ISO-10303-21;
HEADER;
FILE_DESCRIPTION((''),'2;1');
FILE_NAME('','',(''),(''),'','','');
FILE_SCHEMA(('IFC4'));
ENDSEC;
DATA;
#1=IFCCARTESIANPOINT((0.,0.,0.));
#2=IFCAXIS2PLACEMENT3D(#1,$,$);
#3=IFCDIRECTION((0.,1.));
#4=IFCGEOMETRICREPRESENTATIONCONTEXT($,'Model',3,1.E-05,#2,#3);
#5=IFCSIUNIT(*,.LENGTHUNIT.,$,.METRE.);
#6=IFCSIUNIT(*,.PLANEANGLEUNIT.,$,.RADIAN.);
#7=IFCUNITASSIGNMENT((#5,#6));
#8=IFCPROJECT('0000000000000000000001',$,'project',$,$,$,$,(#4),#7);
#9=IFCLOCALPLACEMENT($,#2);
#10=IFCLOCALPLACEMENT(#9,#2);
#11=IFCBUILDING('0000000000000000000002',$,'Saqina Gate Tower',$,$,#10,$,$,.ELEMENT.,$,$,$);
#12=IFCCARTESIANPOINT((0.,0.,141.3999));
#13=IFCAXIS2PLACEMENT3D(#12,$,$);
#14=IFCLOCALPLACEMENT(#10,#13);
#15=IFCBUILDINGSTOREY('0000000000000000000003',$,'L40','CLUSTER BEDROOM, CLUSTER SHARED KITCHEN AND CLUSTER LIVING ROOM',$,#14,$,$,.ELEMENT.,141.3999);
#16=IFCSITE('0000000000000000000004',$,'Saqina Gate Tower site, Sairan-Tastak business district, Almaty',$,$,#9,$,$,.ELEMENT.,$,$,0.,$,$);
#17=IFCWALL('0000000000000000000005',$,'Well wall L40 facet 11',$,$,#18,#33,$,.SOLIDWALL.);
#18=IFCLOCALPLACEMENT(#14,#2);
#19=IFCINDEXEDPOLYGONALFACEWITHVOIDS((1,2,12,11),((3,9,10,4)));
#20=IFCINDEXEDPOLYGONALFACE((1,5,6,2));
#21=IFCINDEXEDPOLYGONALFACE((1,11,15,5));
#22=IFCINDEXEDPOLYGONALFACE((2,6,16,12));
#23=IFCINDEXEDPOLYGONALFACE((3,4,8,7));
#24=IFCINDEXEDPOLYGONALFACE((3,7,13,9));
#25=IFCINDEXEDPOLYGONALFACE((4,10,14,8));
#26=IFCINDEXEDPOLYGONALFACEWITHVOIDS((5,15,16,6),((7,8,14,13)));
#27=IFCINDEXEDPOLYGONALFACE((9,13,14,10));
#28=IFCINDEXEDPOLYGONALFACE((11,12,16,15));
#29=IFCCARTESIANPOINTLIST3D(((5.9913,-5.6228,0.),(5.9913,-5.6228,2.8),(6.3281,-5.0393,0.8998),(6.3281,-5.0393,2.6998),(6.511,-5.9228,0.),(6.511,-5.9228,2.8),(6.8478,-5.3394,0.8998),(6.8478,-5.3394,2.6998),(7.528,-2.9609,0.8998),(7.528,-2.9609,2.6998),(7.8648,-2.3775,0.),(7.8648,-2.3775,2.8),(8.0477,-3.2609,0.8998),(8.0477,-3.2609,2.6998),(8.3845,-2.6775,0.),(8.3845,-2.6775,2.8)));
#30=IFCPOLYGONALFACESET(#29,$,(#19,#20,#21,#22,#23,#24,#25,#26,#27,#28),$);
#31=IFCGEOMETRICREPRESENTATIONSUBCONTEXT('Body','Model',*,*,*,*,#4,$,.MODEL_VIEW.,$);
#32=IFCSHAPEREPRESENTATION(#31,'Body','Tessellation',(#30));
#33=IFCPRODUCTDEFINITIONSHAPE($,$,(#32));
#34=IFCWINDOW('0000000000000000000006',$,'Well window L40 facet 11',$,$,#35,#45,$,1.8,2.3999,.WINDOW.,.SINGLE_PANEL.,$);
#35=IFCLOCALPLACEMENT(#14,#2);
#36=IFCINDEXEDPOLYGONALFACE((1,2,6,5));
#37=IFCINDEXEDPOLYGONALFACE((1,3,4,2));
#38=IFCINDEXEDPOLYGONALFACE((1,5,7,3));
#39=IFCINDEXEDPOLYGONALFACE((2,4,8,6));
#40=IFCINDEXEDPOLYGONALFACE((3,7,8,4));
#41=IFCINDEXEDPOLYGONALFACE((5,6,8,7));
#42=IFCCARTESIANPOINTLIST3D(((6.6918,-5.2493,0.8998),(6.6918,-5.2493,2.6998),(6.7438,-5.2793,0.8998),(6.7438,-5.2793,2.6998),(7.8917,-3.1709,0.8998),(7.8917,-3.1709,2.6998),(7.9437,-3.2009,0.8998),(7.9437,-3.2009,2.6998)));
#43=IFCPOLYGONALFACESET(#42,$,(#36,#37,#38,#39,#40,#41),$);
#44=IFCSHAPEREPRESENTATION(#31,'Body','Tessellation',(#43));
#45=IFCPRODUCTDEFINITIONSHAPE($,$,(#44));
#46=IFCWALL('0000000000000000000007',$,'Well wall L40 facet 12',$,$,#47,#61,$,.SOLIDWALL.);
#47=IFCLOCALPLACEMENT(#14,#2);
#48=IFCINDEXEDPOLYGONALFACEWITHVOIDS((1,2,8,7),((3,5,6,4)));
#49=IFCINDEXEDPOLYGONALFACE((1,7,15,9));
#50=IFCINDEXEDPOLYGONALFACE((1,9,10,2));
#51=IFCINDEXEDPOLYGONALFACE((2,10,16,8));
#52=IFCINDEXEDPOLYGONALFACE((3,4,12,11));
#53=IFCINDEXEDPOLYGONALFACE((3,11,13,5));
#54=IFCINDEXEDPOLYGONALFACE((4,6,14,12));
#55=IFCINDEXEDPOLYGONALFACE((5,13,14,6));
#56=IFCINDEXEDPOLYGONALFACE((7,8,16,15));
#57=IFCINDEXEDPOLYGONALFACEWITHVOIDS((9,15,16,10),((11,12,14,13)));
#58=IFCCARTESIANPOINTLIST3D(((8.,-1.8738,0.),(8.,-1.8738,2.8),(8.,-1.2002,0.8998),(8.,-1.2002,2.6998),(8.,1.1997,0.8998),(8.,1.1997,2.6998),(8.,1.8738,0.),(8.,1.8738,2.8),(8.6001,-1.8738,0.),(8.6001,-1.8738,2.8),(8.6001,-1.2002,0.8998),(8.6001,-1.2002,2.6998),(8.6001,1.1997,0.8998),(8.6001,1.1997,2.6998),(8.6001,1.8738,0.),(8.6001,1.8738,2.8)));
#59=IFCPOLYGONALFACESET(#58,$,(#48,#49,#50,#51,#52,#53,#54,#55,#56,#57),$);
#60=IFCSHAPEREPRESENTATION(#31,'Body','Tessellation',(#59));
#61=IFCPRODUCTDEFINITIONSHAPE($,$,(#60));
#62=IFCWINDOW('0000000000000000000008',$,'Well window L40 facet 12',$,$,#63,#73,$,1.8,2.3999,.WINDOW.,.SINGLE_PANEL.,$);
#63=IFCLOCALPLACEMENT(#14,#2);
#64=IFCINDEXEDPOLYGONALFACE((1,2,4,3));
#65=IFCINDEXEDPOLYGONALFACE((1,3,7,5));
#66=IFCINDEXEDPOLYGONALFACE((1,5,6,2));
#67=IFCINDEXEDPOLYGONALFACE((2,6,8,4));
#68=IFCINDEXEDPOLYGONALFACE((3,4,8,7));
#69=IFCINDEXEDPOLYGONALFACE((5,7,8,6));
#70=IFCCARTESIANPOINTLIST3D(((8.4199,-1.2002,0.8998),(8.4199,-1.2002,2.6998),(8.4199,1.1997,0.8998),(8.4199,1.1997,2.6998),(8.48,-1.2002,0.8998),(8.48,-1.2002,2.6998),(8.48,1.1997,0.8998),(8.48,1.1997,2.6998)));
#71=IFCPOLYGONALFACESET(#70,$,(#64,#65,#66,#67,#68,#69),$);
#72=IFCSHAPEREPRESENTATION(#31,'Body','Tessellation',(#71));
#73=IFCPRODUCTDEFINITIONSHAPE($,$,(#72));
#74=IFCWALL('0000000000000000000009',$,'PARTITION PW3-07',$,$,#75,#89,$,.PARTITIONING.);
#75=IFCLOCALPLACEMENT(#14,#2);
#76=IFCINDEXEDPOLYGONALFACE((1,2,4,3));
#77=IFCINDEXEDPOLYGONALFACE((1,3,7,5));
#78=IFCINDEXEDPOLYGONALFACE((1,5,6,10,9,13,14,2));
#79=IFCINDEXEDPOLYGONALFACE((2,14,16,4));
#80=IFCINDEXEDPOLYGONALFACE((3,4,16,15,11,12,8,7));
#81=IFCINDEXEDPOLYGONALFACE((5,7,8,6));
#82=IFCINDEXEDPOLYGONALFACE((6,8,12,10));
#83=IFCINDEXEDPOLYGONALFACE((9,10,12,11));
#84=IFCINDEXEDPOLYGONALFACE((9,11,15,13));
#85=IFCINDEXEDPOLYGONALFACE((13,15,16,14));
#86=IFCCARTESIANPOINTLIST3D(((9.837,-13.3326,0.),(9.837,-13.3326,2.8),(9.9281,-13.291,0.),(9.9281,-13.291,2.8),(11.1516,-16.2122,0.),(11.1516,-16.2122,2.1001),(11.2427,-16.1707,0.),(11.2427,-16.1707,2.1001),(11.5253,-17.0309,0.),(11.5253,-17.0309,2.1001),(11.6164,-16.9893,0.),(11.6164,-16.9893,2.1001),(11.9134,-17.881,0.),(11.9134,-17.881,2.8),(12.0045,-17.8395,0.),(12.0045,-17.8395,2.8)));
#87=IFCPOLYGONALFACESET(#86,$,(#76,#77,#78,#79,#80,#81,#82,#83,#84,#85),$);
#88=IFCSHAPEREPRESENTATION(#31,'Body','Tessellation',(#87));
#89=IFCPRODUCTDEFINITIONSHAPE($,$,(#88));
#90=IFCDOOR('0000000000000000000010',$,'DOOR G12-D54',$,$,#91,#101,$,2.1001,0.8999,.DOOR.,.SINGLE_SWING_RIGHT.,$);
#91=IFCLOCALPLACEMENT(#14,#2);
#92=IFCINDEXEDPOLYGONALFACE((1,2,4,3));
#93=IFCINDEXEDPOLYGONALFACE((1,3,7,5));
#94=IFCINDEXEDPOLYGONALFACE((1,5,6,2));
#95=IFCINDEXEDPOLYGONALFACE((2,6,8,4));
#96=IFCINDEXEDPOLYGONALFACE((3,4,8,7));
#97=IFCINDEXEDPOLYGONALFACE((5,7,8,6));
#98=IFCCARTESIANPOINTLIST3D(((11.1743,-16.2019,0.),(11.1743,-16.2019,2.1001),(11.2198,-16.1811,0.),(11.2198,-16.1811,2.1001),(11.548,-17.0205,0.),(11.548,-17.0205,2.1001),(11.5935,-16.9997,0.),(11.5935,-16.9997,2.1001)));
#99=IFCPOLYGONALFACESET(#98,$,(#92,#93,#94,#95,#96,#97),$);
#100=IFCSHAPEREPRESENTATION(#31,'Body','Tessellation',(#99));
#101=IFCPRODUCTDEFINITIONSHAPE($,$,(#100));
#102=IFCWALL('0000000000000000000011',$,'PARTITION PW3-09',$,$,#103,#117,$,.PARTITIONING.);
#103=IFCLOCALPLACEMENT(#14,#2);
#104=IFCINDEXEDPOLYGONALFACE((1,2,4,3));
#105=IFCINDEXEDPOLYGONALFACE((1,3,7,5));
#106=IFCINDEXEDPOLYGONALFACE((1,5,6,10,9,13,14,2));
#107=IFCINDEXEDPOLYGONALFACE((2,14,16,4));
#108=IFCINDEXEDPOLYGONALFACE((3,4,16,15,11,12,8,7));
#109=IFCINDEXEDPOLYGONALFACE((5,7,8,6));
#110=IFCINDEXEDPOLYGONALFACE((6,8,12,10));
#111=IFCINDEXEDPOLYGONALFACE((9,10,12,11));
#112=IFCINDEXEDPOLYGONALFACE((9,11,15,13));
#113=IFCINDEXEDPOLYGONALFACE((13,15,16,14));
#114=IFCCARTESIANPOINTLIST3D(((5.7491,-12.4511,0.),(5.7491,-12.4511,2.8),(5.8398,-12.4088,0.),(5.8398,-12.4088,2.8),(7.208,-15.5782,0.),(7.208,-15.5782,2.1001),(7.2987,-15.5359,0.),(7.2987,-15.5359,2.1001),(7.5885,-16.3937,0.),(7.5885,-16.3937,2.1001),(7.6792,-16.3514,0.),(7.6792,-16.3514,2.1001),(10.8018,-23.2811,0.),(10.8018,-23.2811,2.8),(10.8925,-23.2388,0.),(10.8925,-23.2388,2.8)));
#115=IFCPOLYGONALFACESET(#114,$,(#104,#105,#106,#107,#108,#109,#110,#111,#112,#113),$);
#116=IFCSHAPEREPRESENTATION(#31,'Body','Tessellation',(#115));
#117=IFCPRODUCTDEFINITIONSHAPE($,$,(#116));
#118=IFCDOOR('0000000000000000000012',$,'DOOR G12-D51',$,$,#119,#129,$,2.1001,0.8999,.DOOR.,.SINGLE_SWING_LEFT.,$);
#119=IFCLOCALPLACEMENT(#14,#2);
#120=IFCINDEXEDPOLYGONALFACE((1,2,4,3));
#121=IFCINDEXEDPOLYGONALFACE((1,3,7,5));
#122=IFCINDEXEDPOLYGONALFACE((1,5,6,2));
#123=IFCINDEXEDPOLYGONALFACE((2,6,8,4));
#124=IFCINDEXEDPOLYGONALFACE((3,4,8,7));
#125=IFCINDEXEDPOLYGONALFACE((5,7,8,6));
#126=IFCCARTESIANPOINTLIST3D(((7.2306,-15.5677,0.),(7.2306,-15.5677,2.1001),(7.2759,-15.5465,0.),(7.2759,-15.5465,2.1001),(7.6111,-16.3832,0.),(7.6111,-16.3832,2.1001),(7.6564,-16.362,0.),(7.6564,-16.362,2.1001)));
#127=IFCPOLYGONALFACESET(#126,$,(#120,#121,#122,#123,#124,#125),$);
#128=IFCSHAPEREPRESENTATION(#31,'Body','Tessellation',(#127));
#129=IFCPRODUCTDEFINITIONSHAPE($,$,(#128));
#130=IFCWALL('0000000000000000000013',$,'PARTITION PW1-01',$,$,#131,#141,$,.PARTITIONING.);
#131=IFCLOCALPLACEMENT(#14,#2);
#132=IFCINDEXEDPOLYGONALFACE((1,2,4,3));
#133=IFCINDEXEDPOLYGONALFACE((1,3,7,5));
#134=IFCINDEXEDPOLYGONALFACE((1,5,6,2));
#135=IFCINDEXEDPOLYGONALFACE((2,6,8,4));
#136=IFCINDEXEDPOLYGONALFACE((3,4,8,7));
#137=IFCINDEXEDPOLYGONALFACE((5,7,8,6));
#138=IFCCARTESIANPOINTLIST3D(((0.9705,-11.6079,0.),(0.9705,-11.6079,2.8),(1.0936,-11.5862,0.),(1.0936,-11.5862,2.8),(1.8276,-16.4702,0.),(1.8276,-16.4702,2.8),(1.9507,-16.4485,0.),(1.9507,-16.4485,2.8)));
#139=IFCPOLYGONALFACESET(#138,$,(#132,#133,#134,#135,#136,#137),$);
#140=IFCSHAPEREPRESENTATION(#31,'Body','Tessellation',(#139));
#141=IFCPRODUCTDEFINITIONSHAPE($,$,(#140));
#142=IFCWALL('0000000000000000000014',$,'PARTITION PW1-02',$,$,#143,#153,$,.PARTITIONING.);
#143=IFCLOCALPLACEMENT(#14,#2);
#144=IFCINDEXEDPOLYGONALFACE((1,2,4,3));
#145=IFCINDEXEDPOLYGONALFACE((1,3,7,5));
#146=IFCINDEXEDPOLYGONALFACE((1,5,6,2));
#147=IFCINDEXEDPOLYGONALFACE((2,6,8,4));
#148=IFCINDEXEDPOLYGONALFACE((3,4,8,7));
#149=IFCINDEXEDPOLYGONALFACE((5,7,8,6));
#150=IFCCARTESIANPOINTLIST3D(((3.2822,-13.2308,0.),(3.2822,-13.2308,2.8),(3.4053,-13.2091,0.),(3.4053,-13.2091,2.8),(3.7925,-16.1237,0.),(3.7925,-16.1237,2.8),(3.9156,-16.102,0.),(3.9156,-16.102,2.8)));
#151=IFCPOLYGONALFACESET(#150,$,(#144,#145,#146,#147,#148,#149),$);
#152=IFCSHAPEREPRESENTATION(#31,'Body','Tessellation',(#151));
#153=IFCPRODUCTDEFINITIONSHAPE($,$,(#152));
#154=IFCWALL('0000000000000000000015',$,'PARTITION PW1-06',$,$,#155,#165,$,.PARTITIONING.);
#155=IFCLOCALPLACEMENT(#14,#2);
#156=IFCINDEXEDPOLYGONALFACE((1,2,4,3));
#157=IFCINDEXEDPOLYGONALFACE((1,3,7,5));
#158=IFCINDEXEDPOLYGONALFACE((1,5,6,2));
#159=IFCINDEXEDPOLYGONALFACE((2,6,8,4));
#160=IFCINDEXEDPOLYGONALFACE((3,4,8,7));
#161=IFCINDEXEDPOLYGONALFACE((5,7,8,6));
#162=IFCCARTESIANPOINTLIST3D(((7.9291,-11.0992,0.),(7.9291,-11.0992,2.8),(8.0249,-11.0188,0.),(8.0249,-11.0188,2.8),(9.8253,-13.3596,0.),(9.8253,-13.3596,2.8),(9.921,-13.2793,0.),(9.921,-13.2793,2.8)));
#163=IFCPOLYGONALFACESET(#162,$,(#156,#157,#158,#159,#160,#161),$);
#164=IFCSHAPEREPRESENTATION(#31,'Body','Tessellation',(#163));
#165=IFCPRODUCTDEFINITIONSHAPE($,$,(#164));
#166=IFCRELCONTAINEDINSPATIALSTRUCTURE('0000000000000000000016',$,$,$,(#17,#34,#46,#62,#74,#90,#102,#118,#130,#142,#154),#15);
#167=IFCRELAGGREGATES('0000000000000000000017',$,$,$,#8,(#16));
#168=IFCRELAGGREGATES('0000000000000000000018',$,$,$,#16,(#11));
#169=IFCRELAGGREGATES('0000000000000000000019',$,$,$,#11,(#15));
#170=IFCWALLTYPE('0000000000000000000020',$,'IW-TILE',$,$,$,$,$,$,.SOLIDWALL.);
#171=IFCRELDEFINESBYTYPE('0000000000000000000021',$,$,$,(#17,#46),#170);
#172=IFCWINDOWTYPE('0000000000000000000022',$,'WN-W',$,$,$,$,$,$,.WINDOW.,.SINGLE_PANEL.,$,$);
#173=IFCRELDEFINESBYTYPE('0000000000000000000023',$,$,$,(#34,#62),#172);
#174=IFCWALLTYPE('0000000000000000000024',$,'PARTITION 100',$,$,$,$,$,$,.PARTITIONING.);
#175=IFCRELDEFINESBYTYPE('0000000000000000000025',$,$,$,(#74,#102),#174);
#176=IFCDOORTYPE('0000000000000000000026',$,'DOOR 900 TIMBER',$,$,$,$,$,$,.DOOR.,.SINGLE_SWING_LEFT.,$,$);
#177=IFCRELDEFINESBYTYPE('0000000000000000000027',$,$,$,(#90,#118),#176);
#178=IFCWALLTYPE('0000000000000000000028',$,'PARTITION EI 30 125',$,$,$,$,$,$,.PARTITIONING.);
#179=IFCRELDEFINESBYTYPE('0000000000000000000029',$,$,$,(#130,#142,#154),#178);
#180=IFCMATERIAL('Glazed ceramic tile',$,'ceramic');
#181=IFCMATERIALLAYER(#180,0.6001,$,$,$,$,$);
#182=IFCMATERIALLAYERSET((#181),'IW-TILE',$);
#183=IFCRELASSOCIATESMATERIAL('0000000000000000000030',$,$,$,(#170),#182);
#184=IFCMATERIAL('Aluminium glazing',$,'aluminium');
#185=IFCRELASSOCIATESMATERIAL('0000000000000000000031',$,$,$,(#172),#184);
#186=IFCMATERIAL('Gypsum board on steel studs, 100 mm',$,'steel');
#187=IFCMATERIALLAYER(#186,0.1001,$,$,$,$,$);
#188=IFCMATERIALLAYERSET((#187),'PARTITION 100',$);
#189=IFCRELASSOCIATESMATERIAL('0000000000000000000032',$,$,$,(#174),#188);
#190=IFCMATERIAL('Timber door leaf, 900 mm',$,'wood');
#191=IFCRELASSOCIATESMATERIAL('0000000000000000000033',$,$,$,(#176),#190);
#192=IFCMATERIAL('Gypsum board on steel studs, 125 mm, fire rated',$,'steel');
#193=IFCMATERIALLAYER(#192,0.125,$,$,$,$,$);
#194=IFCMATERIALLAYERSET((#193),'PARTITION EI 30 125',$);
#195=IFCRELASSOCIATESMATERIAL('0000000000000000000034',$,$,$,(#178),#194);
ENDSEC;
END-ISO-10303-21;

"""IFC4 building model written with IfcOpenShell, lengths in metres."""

from ifc_helpers import new_model, si_unit, direction, frame, frame_2d, origin, place, context, subcontext, project, spatial, rectangle, extrude, material, layer, layer_set, type_object, element, fill, save


model = new_model("IFC4")

# Units and contexts
model_context = context("Model", 3, precision=1e-05, world=origin(), true_north=direction((0.0, 1.0)))
body_context = subcontext(model_context, "Body", "Model", "MODEL_VIEW")
ifc_project = project(units=[si_unit("LENGTHUNIT", "METRE"), si_unit("PLANEANGLEUNIT", "RADIAN")], contexts=[model_context])

# Site, building, storey
site_placement = place(None, origin())
site = spatial("IfcSite", under=ifc_project, at=site_placement, Name="Saqina Gate Tower site, Sairan-Tastak business district, Almaty", CompositionType="ELEMENT", RefElevation=0.0)
building_placement = place(site_placement, origin())
building = spatial("IfcBuilding", under=site, at=building_placement, Name="Saqina Gate Tower", CompositionType="ELEMENT")
storey_placement = place(building_placement, frame((0.0, 0.0, 141.3999)))
storey = spatial("IfcBuildingStorey", under=building, at=storey_placement, Name="L40", Description="CLUSTER BEDROOM, CLUSTER SHARED KITCHEN AND CLUSTER LIVING ROOM", CompositionType="ELEMENT", Elevation=141.3999)

# Walls, openings, windows
ifc_material_1 = material(Name="Glazed ceramic tile", Category="ceramic")
ifc_layer_1 = layer(ifc_material_1, 0.6001)
ifc_layer_set_1 = layer_set([ifc_layer_1], Name="IW-TILE")
wall_type_1 = type_object("IfcWallType", Name="IW-TILE", PredefinedType="SOLIDWALL", material=ifc_layer_set_1)
ifc_material_2 = material(Name="Aluminium glazing", Category="aluminium")
window_type = type_object("IfcWindowType", Name="WN-W", PartitioningType="SINGLE_PANEL", PredefinedType="WINDOW", material=ifc_material_2)
wall_1_placement = place(storey_placement, frame((6.2512, -5.7727, 0.0), z_axis=(0.0, 0.0, 1.0), x_axis=(0.499965, 0.866046, 0.0)))
wall_1 = element("IfcWall", 1, at=wall_1_placement, inside=storey, type_object=wall_type_1, Name="Well wall L40 facet 11", PredefinedType="SOLIDWALL", context=body_context, shape_type="SweptSolid", body=[
    extrude(rectangle(XDim=3.7473, YDim=0.6001, at=frame_2d((1.8735, 0.0))), origin(), (0.0, 0.0, 1.0), 2.8),
])
opening_1_placement = place(wall_1_placement, frame((0.6736, 0.0, 0.8999)))
opening_1 = element("IfcOpeningElement", 2, at=opening_1_placement, cuts=wall_1, PredefinedType="OPENING", context=body_context, shape_type="SweptSolid", body=[
    extrude(rectangle(XDim=2.3999, YDim=1.8, at=frame_2d((1.2, 0.8999))), frame((0.0, 0.312, 0.0), z_axis=(0.0, -1.0, 0.0), x_axis=(1.0, 0.0, 0.0)), (0.0, 0.0, 1.0), 0.624),
])
window_1_placement = place(opening_1_placement, origin())
window_1 = element("IfcWindow", 3, at=window_1_placement, inside=storey, type_object=window_type, Name="Well window L40 facet 11", OverallHeight=1.8, OverallWidth=2.3999, PartitioningType="SINGLE_PANEL", PredefinedType="WINDOW", context=body_context, shape_type="SweptSolid", body=[
    extrude(rectangle(XDim=2.3999, YDim=1.8, at=frame_2d((1.2, 0.8999))), frame((0.0, -0.1199, 0.0), z_axis=(0.0, -1.0, 0.0), x_axis=(1.0, 0.0, 0.0)), (0.0, 0.0, 1.0), 0.0601),
])
fill(opening_1, window_1)
wall_2_placement = place(storey_placement, frame((8.3, -1.8738, 0.0), z_axis=(0.0, 0.0, 1.0), x_axis=(0.0, 1.0, 0.0)))
wall_2 = element("IfcWall", 4, at=wall_2_placement, inside=storey, type_object=wall_type_1, Name="Well wall L40 facet 12", PredefinedType="SOLIDWALL", context=body_context, shape_type="SweptSolid", body=[
    extrude(rectangle(XDim=3.7476, YDim=0.6001, at=frame_2d((1.8738, 0.0))), origin(), (0.0, 0.0, 1.0), 2.8),
])
opening_2_placement = place(wall_2_placement, frame((0.6736, 0.0, 0.8999)))
opening_2 = element("IfcOpeningElement", 5, at=opening_2_placement, cuts=wall_2, PredefinedType="OPENING", context=body_context, shape_type="SweptSolid", body=[
    extrude(rectangle(XDim=2.3999, YDim=1.8, at=frame_2d((1.2, 0.8999))), frame((0.0, 0.312, 0.0), z_axis=(0.0, -1.0, 0.0), x_axis=(1.0, 0.0, 0.0)), (0.0, 0.0, 1.0), 0.624),
])
window_2_placement = place(opening_2_placement, origin())
window_2 = element("IfcWindow", 6, at=window_2_placement, inside=storey, type_object=window_type, Name="Well window L40 facet 12", OverallHeight=1.8, OverallWidth=2.3999, PartitioningType="SINGLE_PANEL", PredefinedType="WINDOW", context=body_context, shape_type="SweptSolid", body=[
    extrude(rectangle(XDim=2.3999, YDim=1.8, at=frame_2d((1.2, 0.8999))), frame((0.0, -0.1199, 0.0), z_axis=(0.0, -1.0, 0.0), x_axis=(1.0, 0.0, 0.0)), (0.0, 0.0, 1.0), 0.0601),
])
fill(opening_2, window_2)

# Walls, openings, doors
ifc_material_3 = material(Name="Gypsum board on steel studs, 100 mm", Category="steel")
ifc_layer_2 = layer(ifc_material_3, 0.1001)
ifc_layer_set_2 = layer_set([ifc_layer_2], Name="PARTITION 100")
wall_type_2 = type_object("IfcWallType", Name="PARTITION 100", PredefinedType="PARTITIONING", material=ifc_layer_set_2)
wall_3_placement = place(storey_placement, frame((9.8826, -13.3118, 0.0), z_axis=(0.0, 0.0, 1.0), x_axis=(0.415274, -0.909696, 0.0)))
wall_3 = element("IfcWall", 7, at=wall_3_placement, inside=storey, type_object=wall_type_2, Name="PARTITION PW3-07", PredefinedType="PARTITIONING", context=body_context, shape_type="SweptSolid", body=[
    extrude(rectangle(XDim=5.0, YDim=0.1001, at=frame_2d((2.5, 0.0))), origin(), (0.0, 0.0, 1.0), 2.8),
])
opening_3_placement = place(wall_3_placement, frame((3.1655, 0.0, 0.0)))
opening_3 = element("IfcOpeningElement", 8, at=opening_3_placement, cuts=wall_3, PredefinedType="OPENING", context=body_context, shape_type="SweptSolid", body=[
    extrude(rectangle(XDim=0.8999, YDim=2.1001, at=frame_2d((0.45, 1.05))), frame((0.0, 0.062, 0.0), z_axis=(0.0, -1.0, 0.0), x_axis=(1.0, 0.0, 0.0)), (0.0, 0.0, 1.0), 0.124),
])
ifc_material_4 = material(Name="Timber door leaf, 900 mm", Category="wood")
door_type = type_object("IfcDoorType", Name="DOOR 900 TIMBER", OperationType="SINGLE_SWING_LEFT", PredefinedType="DOOR", material=ifc_material_4)
door_1_placement = place(opening_3_placement, origin())
door_1 = element("IfcDoor", 9, at=door_1_placement, inside=storey, type_object=door_type, Name="DOOR G12-D54", OperationType="SINGLE_SWING_RIGHT", OverallHeight=2.1001, OverallWidth=0.8999, PredefinedType="DOOR", context=body_context, shape_type="SweptSolid", body=[
    extrude(rectangle(XDim=0.8999, YDim=2.1001, at=frame_2d((0.45, 1.05))), frame((0.0, 0.0249, 0.0), z_axis=(0.0, -1.0, 0.0), x_axis=(1.0, 0.0, 0.0)), (0.0, 0.0, 1.0), 0.05),
])
fill(opening_3, door_1)
wall_4_placement = place(storey_placement, frame((5.7944, -12.4299, 0.0), z_axis=(0.0, 0.0, 1.0), x_axis=(0.422796, -0.906225, 0.0)))
wall_4 = element("IfcWall", 10, at=wall_4_placement, inside=storey, type_object=wall_type_2, Name="PARTITION PW3-09", PredefinedType="PARTITIONING", context=body_context, shape_type="SweptSolid", body=[
    extrude(rectangle(XDim=11.9507, YDim=0.1001, at=frame_2d((5.9753, 0.0))), origin(), (0.0, 0.0, 1.0), 2.8),
])
opening_4_placement = place(wall_4_placement, frame((3.4507, 0.0, 0.0)))
opening_4 = element("IfcOpeningElement", 11, at=opening_4_placement, cuts=wall_4, PredefinedType="OPENING", context=body_context, shape_type="SweptSolid", body=[
    extrude(rectangle(XDim=0.8999, YDim=2.1001, at=frame_2d((0.45, 1.05))), frame((0.0, 0.062, 0.0), z_axis=(0.0, -1.0, 0.0), x_axis=(1.0, 0.0, 0.0)), (0.0, 0.0, 1.0), 0.124),
])
door_2_placement = place(opening_4_placement, origin())
door_2 = element("IfcDoor", 12, at=door_2_placement, inside=storey, type_object=door_type, Name="DOOR G12-D51", OperationType="SINGLE_SWING_LEFT", OverallHeight=2.1001, OverallWidth=0.8999, PredefinedType="DOOR", context=body_context, shape_type="SweptSolid", body=[
    extrude(rectangle(XDim=0.8999, YDim=2.1001, at=frame_2d((0.45, 1.05))), frame((0.0, 0.0249, 0.0), z_axis=(0.0, -1.0, 0.0), x_axis=(1.0, 0.0, 0.0)), (0.0, 0.0, 1.0), 0.05),
])
fill(opening_4, door_2)

# Walls
ifc_material_5 = material(Name="Gypsum board on steel studs, 125 mm, fire rated", Category="steel")
ifc_layer_3 = layer(ifc_material_5, 0.125)
ifc_layer_set_3 = layer_set([ifc_layer_3], Name="PARTITION EI 30 125")
wall_type_3 = type_object("IfcWallType", Name="PARTITION EI 30 125", PredefinedType="PARTITIONING", material=ifc_layer_set_3)
wall_5_placement = place(storey_placement, frame((1.032, -11.5969, 0.0), z_axis=(0.0, 0.0, 1.0), x_axis=(0.173613, -0.984814, 0.0)))
element("IfcWall", 13, at=wall_5_placement, inside=storey, type_object=wall_type_3, Name="PARTITION PW1-01", PredefinedType="PARTITIONING", context=body_context, shape_type="SweptSolid", body=[
    extrude(rectangle(XDim=4.9373, YDim=0.125, at=frame_2d((2.4688, 0.0))), origin(), (0.0, 0.0, 1.0), 2.8),
])
wall_6_placement = place(storey_placement, frame((3.3438, -13.22, 0.0), z_axis=(0.0, 0.0, 1.0), x_axis=(0.173705, -0.984798, 0.0)))
element("IfcWall", 14, at=wall_6_placement, inside=storey, type_object=wall_type_3, Name="PARTITION PW1-02", PredefinedType="PARTITIONING", context=body_context, shape_type="SweptSolid", body=[
    extrude(rectangle(XDim=2.9375, YDim=0.125, at=frame_2d((1.4688, 0.0))), origin(), (0.0, 0.0, 1.0), 2.8),
])
wall_7_placement = place(storey_placement, frame((7.9771, -11.0591, 0.0), z_axis=(0.0, 0.0, 1.0), x_axis=(0.64268, -0.766135, 0.0)))
element("IfcWall", 15, at=wall_7_placement, inside=storey, type_object=wall_type_3, Name="PARTITION PW1-06", PredefinedType="PARTITIONING", context=body_context, shape_type="SweptSolid", body=[
    extrude(rectangle(XDim=2.9504, YDim=0.125, at=frame_2d((1.4751, 0.0))), origin(), (0.0, 0.0, 1.0), 2.8),
])

save(model, "model.ifc")
